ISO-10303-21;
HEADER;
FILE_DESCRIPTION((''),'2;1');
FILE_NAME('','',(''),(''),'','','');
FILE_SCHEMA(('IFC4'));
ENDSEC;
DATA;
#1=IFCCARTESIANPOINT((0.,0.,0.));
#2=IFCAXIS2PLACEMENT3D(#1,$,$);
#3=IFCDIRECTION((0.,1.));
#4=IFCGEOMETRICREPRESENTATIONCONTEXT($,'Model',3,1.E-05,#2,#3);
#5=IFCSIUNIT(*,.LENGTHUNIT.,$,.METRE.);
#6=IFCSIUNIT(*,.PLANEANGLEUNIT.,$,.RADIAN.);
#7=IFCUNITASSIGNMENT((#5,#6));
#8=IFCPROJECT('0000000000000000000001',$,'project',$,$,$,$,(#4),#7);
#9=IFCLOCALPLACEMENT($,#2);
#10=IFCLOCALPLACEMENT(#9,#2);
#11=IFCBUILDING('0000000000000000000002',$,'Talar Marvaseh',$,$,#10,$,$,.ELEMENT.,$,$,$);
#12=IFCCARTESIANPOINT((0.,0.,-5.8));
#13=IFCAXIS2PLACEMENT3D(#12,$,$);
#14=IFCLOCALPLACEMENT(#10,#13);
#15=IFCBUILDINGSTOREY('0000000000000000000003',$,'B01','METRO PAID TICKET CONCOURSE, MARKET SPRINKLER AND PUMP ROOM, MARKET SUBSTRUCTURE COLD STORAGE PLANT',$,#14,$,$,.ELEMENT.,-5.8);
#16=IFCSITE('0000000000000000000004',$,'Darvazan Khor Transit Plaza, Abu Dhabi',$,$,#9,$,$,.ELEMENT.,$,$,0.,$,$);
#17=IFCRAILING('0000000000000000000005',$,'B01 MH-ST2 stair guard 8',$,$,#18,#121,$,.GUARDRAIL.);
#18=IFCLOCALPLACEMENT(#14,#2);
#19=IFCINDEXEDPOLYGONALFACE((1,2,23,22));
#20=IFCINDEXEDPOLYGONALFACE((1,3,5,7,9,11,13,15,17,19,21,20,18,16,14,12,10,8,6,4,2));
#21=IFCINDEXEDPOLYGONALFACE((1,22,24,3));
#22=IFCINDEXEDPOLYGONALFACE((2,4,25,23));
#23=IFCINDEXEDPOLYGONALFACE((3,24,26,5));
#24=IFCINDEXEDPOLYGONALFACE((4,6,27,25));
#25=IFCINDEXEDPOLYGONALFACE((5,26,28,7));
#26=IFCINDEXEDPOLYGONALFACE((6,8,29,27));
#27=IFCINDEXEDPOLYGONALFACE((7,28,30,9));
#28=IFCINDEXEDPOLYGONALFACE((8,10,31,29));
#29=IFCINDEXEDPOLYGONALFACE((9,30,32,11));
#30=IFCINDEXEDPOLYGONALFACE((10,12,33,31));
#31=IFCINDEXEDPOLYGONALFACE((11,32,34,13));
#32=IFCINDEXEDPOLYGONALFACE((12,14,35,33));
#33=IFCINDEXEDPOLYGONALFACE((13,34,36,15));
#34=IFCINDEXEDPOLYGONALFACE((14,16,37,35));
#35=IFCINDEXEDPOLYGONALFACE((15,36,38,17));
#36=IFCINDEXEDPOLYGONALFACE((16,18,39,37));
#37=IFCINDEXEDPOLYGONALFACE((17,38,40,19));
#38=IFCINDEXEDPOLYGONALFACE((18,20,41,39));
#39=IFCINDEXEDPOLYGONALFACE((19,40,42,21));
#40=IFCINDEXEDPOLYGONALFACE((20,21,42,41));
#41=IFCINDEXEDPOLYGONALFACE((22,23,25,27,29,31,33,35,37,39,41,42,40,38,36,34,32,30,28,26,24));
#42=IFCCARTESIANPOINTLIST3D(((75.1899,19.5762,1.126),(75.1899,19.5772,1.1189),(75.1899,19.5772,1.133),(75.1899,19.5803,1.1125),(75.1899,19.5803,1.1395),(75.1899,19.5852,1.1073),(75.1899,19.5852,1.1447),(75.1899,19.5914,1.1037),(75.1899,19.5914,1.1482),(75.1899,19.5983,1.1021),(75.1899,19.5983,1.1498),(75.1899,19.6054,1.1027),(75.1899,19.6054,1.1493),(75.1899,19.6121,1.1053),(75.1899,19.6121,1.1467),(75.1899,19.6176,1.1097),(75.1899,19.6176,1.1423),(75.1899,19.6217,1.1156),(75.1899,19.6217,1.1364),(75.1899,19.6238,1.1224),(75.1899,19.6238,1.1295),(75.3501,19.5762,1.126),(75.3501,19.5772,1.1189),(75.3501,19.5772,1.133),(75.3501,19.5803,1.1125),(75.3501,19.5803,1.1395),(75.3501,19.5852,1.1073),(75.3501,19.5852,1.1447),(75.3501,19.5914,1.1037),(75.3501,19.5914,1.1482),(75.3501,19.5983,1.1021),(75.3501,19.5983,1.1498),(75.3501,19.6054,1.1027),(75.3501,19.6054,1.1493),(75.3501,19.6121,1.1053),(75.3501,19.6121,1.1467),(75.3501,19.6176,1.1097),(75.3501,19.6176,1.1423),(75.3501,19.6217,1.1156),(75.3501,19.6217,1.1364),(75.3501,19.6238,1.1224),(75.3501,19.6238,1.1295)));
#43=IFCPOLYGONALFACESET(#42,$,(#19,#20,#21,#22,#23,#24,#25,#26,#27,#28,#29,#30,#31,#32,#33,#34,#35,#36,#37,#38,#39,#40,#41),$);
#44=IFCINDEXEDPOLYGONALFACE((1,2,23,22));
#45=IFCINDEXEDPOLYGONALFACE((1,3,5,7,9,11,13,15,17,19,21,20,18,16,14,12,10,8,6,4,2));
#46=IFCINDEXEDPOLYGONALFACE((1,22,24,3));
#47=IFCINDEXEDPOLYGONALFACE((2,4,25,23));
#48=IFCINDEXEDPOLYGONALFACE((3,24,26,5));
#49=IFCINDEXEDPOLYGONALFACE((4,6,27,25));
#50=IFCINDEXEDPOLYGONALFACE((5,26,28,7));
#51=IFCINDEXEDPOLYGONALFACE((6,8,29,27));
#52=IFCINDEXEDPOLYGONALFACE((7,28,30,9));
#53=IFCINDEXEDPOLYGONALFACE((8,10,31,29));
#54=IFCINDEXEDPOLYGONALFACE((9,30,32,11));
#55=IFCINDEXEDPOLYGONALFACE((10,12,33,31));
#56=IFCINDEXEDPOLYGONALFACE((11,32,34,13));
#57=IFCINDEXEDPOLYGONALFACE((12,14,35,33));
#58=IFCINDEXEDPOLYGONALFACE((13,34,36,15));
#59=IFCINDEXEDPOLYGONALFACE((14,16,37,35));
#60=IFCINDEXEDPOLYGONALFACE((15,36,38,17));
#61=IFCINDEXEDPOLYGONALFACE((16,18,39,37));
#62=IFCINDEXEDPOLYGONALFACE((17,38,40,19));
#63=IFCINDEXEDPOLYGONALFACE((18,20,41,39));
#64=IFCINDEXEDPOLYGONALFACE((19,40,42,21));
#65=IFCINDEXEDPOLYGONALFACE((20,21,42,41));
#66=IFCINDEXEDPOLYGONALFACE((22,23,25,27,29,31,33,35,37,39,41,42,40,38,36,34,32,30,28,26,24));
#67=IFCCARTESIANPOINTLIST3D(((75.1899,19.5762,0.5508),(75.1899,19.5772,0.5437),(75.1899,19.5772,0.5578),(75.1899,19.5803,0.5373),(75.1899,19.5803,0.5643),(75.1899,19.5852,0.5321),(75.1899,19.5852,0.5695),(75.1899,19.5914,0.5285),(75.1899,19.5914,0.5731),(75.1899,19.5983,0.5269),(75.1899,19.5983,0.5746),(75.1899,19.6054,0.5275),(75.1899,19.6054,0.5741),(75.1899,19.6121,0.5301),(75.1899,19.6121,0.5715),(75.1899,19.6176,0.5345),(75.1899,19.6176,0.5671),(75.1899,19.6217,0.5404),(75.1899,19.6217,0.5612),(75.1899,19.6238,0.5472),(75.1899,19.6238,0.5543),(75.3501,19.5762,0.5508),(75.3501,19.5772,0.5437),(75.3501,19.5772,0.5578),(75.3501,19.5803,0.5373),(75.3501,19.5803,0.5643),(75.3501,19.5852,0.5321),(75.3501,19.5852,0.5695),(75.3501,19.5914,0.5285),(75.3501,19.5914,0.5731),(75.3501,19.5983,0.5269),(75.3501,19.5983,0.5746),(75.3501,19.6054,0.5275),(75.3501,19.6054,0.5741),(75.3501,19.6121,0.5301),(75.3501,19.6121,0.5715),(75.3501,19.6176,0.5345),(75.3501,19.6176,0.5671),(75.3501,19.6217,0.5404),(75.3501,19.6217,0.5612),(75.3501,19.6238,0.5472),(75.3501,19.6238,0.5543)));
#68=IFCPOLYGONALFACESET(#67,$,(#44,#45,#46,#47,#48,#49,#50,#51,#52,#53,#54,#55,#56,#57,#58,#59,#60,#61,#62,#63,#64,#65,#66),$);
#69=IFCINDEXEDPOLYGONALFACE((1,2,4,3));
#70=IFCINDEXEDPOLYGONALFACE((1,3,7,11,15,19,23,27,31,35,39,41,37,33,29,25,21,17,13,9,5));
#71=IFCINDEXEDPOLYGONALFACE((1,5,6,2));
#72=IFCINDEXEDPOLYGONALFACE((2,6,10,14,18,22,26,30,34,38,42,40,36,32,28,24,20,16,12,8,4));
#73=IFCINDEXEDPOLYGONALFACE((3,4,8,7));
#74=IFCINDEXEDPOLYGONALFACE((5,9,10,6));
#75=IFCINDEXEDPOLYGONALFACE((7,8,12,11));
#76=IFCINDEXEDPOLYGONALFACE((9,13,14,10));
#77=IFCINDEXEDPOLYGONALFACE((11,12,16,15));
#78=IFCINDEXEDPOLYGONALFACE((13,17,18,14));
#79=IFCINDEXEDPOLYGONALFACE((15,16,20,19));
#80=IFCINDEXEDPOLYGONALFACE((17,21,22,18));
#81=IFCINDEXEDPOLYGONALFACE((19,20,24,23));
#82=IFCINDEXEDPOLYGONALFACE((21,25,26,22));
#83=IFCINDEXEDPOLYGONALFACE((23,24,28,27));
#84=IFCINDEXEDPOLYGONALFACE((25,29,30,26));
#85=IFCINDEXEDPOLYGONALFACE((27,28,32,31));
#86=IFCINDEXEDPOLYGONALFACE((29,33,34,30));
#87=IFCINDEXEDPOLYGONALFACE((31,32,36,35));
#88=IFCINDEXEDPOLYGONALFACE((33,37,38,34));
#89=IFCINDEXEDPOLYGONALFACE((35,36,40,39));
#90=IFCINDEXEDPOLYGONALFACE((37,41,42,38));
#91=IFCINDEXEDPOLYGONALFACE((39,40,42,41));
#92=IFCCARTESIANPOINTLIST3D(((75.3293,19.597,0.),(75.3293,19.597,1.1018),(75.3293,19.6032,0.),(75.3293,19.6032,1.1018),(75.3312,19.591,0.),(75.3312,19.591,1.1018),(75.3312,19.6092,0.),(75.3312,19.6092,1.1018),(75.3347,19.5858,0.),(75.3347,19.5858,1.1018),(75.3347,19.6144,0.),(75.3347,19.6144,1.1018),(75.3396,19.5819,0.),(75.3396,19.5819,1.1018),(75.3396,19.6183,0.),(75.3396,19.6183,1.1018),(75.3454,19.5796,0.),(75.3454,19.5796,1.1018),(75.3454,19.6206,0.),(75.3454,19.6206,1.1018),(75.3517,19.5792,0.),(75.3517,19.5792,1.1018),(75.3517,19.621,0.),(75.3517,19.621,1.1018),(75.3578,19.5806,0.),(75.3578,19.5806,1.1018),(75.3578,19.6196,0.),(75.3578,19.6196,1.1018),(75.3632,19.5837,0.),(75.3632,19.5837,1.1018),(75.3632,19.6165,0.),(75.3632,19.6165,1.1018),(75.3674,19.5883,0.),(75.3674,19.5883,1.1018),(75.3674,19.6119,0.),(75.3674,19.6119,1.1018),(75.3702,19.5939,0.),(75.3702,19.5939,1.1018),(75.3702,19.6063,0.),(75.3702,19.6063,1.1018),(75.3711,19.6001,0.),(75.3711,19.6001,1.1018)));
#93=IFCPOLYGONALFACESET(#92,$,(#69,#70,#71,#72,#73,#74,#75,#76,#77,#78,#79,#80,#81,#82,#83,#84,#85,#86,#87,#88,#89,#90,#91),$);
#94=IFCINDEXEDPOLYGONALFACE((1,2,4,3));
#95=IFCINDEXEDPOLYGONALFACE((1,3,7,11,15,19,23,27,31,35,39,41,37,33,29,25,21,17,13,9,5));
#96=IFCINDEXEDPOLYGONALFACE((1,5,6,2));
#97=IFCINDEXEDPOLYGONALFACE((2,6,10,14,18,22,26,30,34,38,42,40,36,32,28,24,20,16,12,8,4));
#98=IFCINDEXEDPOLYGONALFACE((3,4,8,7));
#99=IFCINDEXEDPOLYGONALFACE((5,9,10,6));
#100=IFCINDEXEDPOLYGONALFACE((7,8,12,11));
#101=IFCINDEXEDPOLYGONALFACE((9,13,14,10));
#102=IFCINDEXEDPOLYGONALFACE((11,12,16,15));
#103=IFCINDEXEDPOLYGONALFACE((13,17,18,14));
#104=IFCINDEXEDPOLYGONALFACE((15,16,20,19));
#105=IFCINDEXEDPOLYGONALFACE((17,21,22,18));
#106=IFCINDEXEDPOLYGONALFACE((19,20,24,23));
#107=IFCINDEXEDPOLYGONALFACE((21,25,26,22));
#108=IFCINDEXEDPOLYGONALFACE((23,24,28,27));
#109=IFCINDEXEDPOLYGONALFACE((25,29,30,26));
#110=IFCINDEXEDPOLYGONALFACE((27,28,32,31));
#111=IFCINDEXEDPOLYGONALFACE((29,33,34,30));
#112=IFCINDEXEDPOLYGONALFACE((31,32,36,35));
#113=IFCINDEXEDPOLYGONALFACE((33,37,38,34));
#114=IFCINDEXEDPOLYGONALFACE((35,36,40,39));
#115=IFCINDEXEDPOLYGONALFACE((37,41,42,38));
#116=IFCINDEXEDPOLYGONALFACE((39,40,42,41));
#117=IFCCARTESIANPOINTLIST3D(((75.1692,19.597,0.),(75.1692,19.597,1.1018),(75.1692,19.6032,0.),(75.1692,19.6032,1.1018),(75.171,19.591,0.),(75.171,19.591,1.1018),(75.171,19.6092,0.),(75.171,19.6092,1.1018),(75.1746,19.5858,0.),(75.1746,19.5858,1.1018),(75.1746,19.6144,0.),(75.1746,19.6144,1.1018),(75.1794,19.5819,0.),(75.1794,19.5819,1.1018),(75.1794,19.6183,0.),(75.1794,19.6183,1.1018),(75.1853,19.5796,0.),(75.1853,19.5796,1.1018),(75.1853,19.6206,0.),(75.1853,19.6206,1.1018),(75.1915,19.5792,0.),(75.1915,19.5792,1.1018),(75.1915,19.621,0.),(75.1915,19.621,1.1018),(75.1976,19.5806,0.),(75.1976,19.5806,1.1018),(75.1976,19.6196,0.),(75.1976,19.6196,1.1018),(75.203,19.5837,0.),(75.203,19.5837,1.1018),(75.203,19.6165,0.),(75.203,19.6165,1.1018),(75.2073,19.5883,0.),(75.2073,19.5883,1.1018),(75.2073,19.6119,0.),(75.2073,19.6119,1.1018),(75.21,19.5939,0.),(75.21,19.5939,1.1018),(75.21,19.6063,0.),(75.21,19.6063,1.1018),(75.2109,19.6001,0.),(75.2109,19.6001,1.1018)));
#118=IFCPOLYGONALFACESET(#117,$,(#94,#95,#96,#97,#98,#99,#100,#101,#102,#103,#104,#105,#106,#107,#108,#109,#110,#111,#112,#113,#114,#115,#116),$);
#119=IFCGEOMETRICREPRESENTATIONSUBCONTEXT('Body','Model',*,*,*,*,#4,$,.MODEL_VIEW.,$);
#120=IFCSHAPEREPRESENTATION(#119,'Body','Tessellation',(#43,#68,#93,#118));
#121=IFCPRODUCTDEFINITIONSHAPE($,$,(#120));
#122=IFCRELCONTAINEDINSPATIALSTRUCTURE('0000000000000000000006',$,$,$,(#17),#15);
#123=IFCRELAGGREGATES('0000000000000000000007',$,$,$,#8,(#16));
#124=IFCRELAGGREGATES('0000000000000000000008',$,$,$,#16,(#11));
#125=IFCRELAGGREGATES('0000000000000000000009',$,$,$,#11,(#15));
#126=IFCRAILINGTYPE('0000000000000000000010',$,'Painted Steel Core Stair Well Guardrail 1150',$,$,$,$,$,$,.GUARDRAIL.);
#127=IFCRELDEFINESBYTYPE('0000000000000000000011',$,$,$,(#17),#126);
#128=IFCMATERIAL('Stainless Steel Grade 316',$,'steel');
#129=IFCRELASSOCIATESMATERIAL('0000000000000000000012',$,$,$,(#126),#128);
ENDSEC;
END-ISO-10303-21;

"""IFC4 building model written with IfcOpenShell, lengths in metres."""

from ifc_helpers import new_model, si_unit, direction, frame, origin, origin_2d, place, context, subcontext, project, spatial, circle, extrude, material, type_object, element, save


model = new_model("IFC4")

# Units and contexts
model_context = context("Model", 3, precision=1e-05, world=origin(), true_north=direction((0.0, 1.0)))
body_context = subcontext(model_context, "Body", "Model", "MODEL_VIEW")
ifc_project = project(units=[si_unit("LENGTHUNIT", "METRE"), si_unit("PLANEANGLEUNIT", "RADIAN")], contexts=[model_context])

# Site, building, storey
site_placement = place(None, origin())
site = spatial("IfcSite", under=ifc_project, at=site_placement, Name="Darvazan Khor Transit Plaza, Abu Dhabi", CompositionType="ELEMENT", RefElevation=0.0)
building_placement = place(site_placement, origin())
building = spatial("IfcBuilding", under=site, at=building_placement, Name="Talar Marvaseh", CompositionType="ELEMENT")
storey_placement = place(building_placement, frame((0.0, 0.0, -5.8)))
storey = spatial("IfcBuildingStorey", under=building, at=storey_placement, Name="B01", Description="METRO PAID TICKET CONCOURSE, MARKET SPRINKLER AND PUMP ROOM, MARKET SUBSTRUCTURE COLD STORAGE PLANT", CompositionType="ELEMENT", Elevation=-5.8)

# Railing
ifc_material_1 = material(Name="Stainless Steel Grade 316", Category="steel")
railing_type_1 = type_object("IfcRailingType", Name="Painted Steel Core Stair Well Guardrail 1150", PredefinedType="GUARDRAIL", material=ifc_material_1)
railing_1_placement = place(storey_placement, frame((75.3501, 19.6001, 0.0)))
element("IfcRailing", 1, at=railing_1_placement, inside=storey, type_object=railing_type_1, Name="B01 MH-ST2 stair guard 8", PredefinedType="GUARDRAIL", context=body_context, shape_type="SweptSolid", body=[
    extrude(circle(Radius=0.0239, at=origin_2d()), frame((0.0, 0.0, 1.126), z_axis=(-1.0, 0.0, 0.0), x_axis=(0.0, -1.0, 0.0)), (0.0, 0.0, 1.0), 0.1602),
    extrude(circle(Radius=0.0239, at=origin_2d()), frame((0.0, 0.0, 0.5508), z_axis=(-1.0, 0.0, 0.0), x_axis=(0.0, -1.0, 0.0)), (0.0, 0.0, 1.0), 0.1602),
    extrude(circle(Radius=0.021, at=origin_2d()), origin(), (0.0, 0.0, 1.0), 1.1018),
    extrude(circle(Radius=0.021, at=origin_2d()), frame((-0.1602, 0.0, 0.0)), (0.0, 0.0, 1.0), 1.1018),
])

save(model, "model.ifc")
